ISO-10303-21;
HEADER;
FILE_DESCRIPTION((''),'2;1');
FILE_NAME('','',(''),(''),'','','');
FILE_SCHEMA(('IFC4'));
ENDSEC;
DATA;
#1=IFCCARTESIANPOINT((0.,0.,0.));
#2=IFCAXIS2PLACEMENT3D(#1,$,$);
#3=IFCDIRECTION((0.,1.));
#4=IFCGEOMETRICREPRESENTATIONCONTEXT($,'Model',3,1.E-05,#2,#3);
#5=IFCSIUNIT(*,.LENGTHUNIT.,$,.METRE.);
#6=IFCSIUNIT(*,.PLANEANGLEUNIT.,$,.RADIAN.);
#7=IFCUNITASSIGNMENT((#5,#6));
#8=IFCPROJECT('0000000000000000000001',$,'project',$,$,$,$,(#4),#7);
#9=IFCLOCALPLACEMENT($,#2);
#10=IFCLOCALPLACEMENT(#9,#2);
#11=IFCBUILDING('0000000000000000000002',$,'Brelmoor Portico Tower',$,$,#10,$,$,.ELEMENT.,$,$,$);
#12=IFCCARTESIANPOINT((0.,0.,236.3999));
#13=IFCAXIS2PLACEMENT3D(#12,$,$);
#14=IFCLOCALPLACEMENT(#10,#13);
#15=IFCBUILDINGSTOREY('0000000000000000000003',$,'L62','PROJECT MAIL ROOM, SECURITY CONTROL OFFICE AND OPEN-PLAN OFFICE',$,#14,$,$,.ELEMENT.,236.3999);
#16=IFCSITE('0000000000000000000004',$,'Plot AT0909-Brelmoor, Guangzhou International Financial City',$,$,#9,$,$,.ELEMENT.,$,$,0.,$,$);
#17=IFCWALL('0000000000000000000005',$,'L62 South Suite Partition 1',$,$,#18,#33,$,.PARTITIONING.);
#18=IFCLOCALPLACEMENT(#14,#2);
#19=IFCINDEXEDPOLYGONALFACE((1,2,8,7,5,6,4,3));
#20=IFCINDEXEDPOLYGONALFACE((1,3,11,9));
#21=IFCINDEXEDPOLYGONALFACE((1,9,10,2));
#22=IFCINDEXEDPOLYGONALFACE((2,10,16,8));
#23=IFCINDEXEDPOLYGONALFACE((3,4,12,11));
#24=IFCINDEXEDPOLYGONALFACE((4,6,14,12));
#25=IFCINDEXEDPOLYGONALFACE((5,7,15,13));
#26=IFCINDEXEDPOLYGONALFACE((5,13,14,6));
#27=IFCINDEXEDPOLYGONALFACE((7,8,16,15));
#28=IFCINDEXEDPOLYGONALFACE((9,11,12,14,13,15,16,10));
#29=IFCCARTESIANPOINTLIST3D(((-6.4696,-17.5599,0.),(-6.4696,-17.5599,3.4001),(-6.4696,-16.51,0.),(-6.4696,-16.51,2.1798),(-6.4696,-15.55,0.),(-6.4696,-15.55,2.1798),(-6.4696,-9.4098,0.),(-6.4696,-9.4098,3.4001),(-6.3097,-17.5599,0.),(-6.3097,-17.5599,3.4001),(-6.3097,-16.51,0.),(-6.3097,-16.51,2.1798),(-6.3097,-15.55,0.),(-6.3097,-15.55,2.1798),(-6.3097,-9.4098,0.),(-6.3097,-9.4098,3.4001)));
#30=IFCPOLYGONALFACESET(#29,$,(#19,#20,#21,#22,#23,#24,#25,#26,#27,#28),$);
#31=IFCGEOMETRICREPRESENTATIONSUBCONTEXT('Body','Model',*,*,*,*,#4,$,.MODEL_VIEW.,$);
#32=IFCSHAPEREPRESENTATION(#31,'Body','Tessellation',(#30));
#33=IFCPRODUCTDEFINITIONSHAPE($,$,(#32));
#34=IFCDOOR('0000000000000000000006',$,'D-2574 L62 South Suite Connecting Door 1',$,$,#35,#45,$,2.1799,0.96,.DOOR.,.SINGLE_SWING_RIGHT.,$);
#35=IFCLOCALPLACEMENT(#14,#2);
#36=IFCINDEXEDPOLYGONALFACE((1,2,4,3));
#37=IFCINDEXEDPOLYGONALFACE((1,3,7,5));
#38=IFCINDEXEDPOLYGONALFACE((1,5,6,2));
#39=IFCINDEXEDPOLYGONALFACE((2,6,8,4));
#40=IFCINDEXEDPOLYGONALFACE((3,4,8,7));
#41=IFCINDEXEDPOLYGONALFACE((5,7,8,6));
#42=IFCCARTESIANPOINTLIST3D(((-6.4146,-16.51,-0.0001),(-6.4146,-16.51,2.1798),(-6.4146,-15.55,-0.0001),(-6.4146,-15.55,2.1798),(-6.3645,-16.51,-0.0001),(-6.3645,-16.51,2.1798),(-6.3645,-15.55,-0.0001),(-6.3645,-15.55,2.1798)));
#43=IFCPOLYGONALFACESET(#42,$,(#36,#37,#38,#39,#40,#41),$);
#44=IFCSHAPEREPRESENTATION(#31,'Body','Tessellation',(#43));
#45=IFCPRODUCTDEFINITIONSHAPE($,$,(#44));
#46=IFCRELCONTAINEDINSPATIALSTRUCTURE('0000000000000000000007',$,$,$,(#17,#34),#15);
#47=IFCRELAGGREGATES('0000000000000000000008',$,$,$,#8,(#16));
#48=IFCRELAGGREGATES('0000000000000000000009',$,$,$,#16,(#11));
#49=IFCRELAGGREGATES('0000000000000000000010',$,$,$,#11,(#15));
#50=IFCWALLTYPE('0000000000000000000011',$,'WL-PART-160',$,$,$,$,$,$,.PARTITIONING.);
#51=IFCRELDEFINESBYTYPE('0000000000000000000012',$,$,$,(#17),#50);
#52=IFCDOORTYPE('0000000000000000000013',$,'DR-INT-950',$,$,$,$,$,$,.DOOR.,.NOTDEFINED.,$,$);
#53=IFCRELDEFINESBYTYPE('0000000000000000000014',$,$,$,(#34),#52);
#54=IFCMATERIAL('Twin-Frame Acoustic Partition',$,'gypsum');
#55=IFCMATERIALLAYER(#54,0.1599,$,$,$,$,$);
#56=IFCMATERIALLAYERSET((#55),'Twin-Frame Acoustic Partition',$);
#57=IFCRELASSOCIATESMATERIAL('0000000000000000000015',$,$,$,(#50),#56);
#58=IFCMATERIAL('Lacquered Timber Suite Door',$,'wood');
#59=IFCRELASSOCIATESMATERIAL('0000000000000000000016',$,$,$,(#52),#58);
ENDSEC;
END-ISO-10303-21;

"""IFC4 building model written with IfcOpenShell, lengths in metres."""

from ifc_helpers import new_model, si_unit, direction, frame, frame_2d, origin, place, context, subcontext, project, spatial, rectangle, extrude, material, layer, layer_set, type_object, element, fill, save


model = new_model("IFC4")

# Units and contexts
model_context = context("Model", 3, precision=1e-05, world=origin(), true_north=direction((0.0, 1.0)))
body_context = subcontext(model_context, "Body", "Model", "MODEL_VIEW")
ifc_project = project(units=[si_unit("LENGTHUNIT", "METRE"), si_unit("PLANEANGLEUNIT", "RADIAN")], contexts=[model_context])

# Site, building, storey
site_placement = place(None, origin())
site = spatial("IfcSite", under=ifc_project, at=site_placement, Name="Plot AT0909-Brelmoor, Guangzhou International Financial City", CompositionType="ELEMENT", RefElevation=0.0)
building_placement = place(site_placement, origin())
building = spatial("IfcBuilding", under=site, at=building_placement, Name="Brelmoor Portico Tower", CompositionType="ELEMENT")
storey_placement = place(building_placement, frame((0.0, 0.0, 236.3999)))
storey = spatial("IfcBuildingStorey", under=building, at=storey_placement, Name="L62", Description="PROJECT MAIL ROOM, SECURITY CONTROL OFFICE AND OPEN-PLAN OFFICE", CompositionType="ELEMENT", Elevation=236.3999)

# Wall, opening, door
ifc_material_1 = material(Name="Twin-Frame Acoustic Partition", Category="gypsum")
ifc_layer_1 = layer(ifc_material_1, 0.1599)
ifc_layer_set_1 = layer_set([ifc_layer_1], Name="Twin-Frame Acoustic Partition")
wall_type = type_object("IfcWallType", Name="WL-PART-160", PredefinedType="PARTITIONING", material=ifc_layer_set_1)
wall_placement = place(storey_placement, frame((-6.3896, -17.5601, 0.0), z_axis=(0.0, 0.0, 1.0), x_axis=(0.0, 1.0, 0.0)))
wall = element("IfcWall", 1, at=wall_placement, inside=storey, type_object=wall_type, Name="L62 South Suite Partition 1", PredefinedType="PARTITIONING", context=body_context, shape_type="SweptSolid", body=[
    extrude(rectangle(XDim=8.1501, YDim=0.1599, at=frame_2d((4.0752, 0.0))), origin(), (0.0, 0.0, 1.0), 3.4001),
])
opening_placement = place(wall_placement, frame((1.05, 0.0, 0.0)))
opening = element("IfcOpeningElement", 2, at=opening_placement, cuts=wall, PredefinedType="OPENING", context=body_context, shape_type="SweptSolid", body=[
    extrude(rectangle(XDim=0.96, YDim=2.1799, at=frame_2d((0.48, 1.0898))), frame((0.0, 0.0898, 0.0), z_axis=(0.0, -1.0, 0.0), x_axis=(1.0, 0.0, 0.0)), (0.0, 0.0, 1.0), 0.1799),
])
ifc_material_2 = material(Name="Lacquered Timber Suite Door", Category="wood")
door_type = type_object("IfcDoorType", Name="DR-INT-950", OperationType="NOTDEFINED", PredefinedType="DOOR", material=ifc_material_2)
door_placement = place(opening_placement, origin())
door = element("IfcDoor", 3, at=door_placement, inside=storey, type_object=door_type, Name="D-2574 L62 South Suite Connecting Door 1", OperationType="SINGLE_SWING_RIGHT", OverallHeight=2.1799, OverallWidth=0.96, PredefinedType="DOOR", context=body_context, shape_type="SweptSolid", body=[
    extrude(rectangle(XDim=0.96, YDim=2.1799, at=frame_2d((0.48, 1.0898))), frame((0.0, 0.0249, 0.0), z_axis=(0.0, -1.0, 0.0), x_axis=(1.0, 0.0, 0.0)), (0.0, 0.0, 1.0), 0.05),
])
fill(opening, door)

save(model, "model.ifc")
